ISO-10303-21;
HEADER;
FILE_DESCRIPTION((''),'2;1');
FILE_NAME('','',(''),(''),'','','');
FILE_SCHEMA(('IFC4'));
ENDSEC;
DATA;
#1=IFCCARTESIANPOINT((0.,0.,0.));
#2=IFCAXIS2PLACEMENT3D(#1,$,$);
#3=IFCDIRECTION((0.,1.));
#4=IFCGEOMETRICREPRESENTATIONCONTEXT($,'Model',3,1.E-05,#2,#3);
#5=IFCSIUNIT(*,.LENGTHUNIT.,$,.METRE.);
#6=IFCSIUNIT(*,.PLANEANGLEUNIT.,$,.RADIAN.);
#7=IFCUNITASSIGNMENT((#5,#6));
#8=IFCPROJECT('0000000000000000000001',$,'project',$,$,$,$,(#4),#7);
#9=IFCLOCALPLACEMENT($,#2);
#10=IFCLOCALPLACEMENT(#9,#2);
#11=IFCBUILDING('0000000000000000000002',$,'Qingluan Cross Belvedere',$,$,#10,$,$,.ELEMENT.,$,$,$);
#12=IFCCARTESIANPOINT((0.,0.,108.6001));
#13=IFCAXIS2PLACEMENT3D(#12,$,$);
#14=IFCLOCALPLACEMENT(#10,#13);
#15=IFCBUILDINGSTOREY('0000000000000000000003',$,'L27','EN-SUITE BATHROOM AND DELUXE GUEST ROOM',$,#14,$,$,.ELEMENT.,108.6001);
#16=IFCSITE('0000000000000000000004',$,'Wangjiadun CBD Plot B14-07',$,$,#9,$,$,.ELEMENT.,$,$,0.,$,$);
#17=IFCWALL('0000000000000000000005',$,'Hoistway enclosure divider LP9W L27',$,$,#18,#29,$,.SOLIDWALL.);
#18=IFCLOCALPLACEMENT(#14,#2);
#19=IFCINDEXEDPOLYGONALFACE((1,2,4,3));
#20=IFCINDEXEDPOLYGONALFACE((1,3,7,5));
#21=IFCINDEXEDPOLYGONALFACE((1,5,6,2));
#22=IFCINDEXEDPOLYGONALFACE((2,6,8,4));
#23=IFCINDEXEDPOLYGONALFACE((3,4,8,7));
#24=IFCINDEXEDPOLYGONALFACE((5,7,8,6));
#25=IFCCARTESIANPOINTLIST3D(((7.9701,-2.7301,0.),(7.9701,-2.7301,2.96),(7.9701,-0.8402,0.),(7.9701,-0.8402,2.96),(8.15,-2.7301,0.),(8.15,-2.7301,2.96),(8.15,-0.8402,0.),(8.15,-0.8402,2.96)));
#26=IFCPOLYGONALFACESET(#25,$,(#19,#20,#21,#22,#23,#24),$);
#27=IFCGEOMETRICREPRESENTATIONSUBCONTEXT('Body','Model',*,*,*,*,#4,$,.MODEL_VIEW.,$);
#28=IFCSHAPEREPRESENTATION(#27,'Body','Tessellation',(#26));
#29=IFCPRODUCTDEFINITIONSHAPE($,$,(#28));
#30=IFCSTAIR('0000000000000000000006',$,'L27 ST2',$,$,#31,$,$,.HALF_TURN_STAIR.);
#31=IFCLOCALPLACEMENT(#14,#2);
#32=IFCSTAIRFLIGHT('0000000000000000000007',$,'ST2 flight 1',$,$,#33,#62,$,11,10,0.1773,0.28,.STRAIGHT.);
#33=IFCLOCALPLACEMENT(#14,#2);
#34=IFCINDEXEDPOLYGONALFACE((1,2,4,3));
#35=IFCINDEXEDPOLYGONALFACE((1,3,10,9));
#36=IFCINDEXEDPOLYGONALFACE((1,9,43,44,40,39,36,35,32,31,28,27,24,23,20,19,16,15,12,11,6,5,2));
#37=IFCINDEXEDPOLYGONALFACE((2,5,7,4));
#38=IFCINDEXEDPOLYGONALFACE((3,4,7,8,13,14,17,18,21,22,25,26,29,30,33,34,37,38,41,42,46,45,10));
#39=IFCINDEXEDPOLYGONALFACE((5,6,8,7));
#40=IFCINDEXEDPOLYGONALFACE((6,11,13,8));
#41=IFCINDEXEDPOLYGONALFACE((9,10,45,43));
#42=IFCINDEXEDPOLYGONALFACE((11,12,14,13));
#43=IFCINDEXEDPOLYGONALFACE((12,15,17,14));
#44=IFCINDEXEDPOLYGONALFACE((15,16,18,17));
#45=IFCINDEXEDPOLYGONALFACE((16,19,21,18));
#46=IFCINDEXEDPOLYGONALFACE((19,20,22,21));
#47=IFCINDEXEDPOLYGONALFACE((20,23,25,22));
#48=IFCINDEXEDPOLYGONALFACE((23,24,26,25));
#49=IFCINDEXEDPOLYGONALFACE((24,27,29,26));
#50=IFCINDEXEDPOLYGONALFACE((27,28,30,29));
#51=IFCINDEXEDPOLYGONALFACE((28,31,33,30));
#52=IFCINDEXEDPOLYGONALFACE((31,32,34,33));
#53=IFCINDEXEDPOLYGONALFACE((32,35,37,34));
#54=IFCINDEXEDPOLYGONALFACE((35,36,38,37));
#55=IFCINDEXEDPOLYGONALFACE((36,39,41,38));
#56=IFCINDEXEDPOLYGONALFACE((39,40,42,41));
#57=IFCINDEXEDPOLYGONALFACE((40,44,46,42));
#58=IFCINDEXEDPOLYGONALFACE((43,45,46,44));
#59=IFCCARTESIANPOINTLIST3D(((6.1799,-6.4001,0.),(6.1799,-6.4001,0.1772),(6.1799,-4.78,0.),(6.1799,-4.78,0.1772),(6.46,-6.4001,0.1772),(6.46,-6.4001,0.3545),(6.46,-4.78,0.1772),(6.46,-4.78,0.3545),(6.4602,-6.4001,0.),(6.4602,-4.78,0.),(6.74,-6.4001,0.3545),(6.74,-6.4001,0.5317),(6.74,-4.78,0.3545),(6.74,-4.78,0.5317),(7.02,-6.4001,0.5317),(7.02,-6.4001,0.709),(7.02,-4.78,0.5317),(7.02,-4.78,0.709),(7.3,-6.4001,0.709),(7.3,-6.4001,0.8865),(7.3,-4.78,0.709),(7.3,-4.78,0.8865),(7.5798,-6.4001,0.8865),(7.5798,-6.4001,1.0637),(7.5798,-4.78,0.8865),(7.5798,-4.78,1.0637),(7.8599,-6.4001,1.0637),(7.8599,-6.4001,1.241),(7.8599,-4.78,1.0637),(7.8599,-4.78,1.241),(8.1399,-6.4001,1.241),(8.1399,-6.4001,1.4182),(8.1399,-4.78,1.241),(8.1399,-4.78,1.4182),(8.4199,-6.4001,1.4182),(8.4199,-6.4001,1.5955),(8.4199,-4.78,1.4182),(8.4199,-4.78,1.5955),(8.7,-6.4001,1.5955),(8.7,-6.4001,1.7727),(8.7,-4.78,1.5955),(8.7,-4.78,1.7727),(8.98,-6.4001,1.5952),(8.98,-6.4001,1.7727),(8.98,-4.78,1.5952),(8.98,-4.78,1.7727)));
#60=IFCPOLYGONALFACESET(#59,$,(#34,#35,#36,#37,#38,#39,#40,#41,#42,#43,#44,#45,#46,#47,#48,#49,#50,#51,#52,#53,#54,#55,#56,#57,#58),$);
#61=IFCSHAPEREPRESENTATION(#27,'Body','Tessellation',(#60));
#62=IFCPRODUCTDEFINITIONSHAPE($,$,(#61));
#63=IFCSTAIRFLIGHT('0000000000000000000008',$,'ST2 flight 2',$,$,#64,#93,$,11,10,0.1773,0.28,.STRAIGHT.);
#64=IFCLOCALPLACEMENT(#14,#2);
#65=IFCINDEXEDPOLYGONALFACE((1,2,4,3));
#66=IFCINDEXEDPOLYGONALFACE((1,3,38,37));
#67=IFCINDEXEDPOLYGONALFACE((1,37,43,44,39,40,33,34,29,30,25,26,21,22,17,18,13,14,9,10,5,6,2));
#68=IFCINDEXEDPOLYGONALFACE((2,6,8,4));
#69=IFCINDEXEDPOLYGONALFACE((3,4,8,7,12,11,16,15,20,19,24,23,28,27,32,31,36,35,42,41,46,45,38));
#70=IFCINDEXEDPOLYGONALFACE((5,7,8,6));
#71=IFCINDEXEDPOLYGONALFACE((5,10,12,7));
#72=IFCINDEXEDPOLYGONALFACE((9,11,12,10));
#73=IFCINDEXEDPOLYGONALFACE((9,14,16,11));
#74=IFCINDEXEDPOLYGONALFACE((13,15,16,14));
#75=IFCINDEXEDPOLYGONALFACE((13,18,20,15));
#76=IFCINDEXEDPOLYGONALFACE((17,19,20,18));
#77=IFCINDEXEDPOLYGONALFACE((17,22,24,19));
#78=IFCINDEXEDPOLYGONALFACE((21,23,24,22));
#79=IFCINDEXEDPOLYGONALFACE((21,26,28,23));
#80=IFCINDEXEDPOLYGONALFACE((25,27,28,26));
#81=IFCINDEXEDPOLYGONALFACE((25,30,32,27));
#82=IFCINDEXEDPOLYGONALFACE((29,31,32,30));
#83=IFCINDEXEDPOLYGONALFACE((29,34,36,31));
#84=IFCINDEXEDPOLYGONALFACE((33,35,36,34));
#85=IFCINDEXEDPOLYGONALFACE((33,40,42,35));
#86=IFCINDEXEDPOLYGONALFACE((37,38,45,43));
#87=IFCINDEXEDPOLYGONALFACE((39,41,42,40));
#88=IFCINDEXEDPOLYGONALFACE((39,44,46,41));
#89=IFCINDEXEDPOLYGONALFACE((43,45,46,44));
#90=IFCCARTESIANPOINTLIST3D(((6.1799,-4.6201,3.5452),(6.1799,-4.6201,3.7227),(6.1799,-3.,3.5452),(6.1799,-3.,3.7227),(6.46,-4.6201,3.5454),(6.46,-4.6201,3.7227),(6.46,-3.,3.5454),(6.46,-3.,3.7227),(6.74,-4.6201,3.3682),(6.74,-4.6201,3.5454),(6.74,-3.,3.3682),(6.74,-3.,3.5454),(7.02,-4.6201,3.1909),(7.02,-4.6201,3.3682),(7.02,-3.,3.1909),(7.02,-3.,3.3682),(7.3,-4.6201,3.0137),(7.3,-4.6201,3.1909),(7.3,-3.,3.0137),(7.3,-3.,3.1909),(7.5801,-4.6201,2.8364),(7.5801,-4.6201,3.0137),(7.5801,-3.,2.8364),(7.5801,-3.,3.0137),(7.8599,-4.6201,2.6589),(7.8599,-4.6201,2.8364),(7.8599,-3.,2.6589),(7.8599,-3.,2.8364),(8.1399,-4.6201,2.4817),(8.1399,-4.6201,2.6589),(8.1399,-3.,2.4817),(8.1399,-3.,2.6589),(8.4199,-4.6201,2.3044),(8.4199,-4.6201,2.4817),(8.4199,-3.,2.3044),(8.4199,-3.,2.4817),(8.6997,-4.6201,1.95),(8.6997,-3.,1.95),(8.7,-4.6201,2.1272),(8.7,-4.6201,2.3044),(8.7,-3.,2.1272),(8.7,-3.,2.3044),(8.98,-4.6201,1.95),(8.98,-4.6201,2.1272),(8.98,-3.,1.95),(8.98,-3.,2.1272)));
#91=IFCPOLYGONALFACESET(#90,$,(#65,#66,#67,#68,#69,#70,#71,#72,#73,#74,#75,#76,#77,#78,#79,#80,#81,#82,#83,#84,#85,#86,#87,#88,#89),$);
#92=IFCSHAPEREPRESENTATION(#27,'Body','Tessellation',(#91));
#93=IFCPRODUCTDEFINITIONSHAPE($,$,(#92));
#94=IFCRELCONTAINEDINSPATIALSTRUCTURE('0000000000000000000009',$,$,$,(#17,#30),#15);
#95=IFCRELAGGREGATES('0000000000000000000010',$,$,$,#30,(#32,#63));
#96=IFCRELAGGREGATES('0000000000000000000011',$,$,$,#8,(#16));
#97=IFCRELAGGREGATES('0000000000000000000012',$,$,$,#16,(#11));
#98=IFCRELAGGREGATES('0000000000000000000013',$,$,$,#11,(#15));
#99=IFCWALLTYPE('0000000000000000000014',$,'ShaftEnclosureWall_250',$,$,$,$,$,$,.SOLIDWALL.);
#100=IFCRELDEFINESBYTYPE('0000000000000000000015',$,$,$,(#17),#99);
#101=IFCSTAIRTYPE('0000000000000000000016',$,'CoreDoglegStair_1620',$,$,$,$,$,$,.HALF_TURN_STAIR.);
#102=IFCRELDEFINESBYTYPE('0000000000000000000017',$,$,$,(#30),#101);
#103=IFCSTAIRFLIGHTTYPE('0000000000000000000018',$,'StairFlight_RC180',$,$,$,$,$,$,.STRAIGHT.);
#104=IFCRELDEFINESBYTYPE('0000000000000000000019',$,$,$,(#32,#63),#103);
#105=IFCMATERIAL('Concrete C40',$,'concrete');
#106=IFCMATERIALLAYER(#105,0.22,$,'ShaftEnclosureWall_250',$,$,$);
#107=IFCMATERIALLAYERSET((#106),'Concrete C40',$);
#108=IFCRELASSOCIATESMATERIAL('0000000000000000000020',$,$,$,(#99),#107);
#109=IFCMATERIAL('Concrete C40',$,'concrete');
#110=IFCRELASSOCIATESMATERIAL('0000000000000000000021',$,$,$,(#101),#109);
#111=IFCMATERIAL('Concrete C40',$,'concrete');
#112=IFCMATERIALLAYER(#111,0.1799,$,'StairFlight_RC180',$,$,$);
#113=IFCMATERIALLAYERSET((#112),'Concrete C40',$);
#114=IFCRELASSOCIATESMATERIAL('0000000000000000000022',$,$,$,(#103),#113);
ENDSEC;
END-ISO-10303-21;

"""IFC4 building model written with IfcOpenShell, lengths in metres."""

from ifc_helpers import new_model, si_unit, direction, frame, frame_2d, origin, place, context, subcontext, project, spatial, polyline, rectangle, outline, extrude, material, layer, layer_set, type_object, element, aggregate, save


model = new_model("IFC4")

# Units and contexts
model_context = context("Model", 3, precision=1e-05, world=origin(), true_north=direction((0.0, 1.0)))
body_context = subcontext(model_context, "Body", "Model", "MODEL_VIEW")
ifc_project = project(units=[si_unit("LENGTHUNIT", "METRE"), si_unit("PLANEANGLEUNIT", "RADIAN")], contexts=[model_context])

# Site, building, storey
site_placement = place(None, origin())
site = spatial("IfcSite", under=ifc_project, at=site_placement, Name="Wangjiadun CBD Plot B14-07", CompositionType="ELEMENT", RefElevation=0.0)
building_placement = place(site_placement, origin())
building = spatial("IfcBuilding", under=site, at=building_placement, Name="Qingluan Cross Belvedere", CompositionType="ELEMENT")
storey_placement = place(building_placement, frame((0.0, 0.0, 108.6001)))
storey = spatial("IfcBuildingStorey", under=building, at=storey_placement, Name="L27", Description="EN-SUITE BATHROOM AND DELUXE GUEST ROOM", CompositionType="ELEMENT", Elevation=108.6001)

# Shared definitions
ifc_material_1 = material(Name="Concrete C40", Category="concrete")
ifc_layer_1 = layer(ifc_material_1, 0.22, Name="ShaftEnclosureWall_250")
ifc_layer_set_1 = layer_set([ifc_layer_1], Name="Concrete C40")
wall_type_1 = type_object("IfcWallType", Name="ShaftEnclosureWall_250", PredefinedType="SOLIDWALL", material=ifc_layer_set_1)

# Wall
for number, where, z_axis, x_axis, name in (
    (1, (8.0601, -2.73, 0.0), (0.0, 0.0, 1.0), (0.0, 1.0, 0.0), "Hoistway enclosure divider LP9W L27"),
):
    element("IfcWall", number, at=place(storey_placement, frame(where, z_axis=z_axis, x_axis=x_axis)), inside=storey, type_object=wall_type_1, Name=name, PredefinedType="SOLIDWALL", context=body_context, shape_type="SweptSolid", body=[
        extrude(rectangle(XDim=1.8899, YDim=0.1799, at=frame_2d((0.9448, 0.0))), origin(), (0.0, 0.0, 1.0), 2.96),
    ])

# Stair, stair flights
ifc_material_2 = material(Name="Concrete C40", Category="concrete")
stair_type = type_object("IfcStairType", Name="CoreDoglegStair_1620", PredefinedType="HALF_TURN_STAIR", material=ifc_material_2)
stair_placement = place(storey_placement, origin())
stair = element("IfcStair", 2, at=stair_placement, inside=storey, type_object=stair_type, Name="L27 ST2", PredefinedType="HALF_TURN_STAIR")
ifc_material_3 = material(Name="Concrete C40", Category="concrete")
ifc_layer_2 = layer(ifc_material_3, 0.1799, Name="StairFlight_RC180")
ifc_layer_set_2 = layer_set([ifc_layer_2], Name="Concrete C40")
stair_flight_type = type_object("IfcStairFlightType", Name="StairFlight_RC180", PredefinedType="STRAIGHT", material=ifc_layer_set_2)
stair_flight_1_placement = place(storey_placement, frame((6.1799, -5.5901, 0.0), z_axis=(0.0, 0.0, 1.0), x_axis=(1.0, 0.0, 0.0)))
stair_flight_1 = element("IfcStairFlight", 3, at=stair_flight_1_placement, type_object=stair_flight_type, Name="ST2 flight 1", NumberOfRisers=11, NumberOfTreads=10, PredefinedType="STRAIGHT", RiserHeight=0.1773, TreadLength=0.28, context=body_context, shape_type="SweptSolid", body=[
    extrude(outline(polyline([(0.0, 0.0), (0.0, 0.1772), (0.28, 0.1772), (0.28, 0.3545), (0.5601, 0.3545), (0.5601, 0.5317), (0.8401, 0.5317), (0.8401, 0.709), (1.1201, 0.709), (1.1201, 0.8865), (1.3999, 0.8865), (1.3999, 1.0637), (1.6799, 1.0637), (1.6799, 1.241), (1.96, 1.241), (1.96, 1.4182), (2.24, 1.4182), (2.24, 1.5955), (2.52, 1.5955), (2.52, 1.7727), (2.8, 1.7727), (2.8, 1.95), (2.8, 1.5952), (0.2803, 0.0), (0.0, 0.0)])), frame((0.0, 0.8101, 0.0), z_axis=(0.0, -1.0, 0.0), x_axis=(1.0, 0.0, 0.0)), (0.0, 0.0, 1.0), 1.6201),
])
stair_flight_2_placement = place(storey_placement, frame((8.98, -3.8101, 1.95), z_axis=(0.0, 0.0, 1.0), x_axis=(-1.0, 0.0, 0.0)))
stair_flight_2 = element("IfcStairFlight", 4, at=stair_flight_2_placement, type_object=stair_flight_type, Name="ST2 flight 2", NumberOfRisers=11, NumberOfTreads=10, PredefinedType="STRAIGHT", RiserHeight=0.1773, TreadLength=0.28, context=body_context, shape_type="SweptSolid", body=[
    extrude(outline(polyline([(0.0, 0.0), (0.0, 0.1772), (0.28, 0.1772), (0.28, 0.3545), (0.5601, 0.3545), (0.5601, 0.5317), (0.8401, 0.5317), (0.8401, 0.709), (1.1201, 0.709), (1.1201, 0.8865), (1.3999, 0.8865), (1.3999, 1.0637), (1.6799, 1.0637), (1.6799, 1.241), (1.96, 1.241), (1.96, 1.4182), (2.24, 1.4182), (2.24, 1.5955), (2.52, 1.5955), (2.52, 1.7727), (2.8, 1.7727), (2.8, 1.95), (2.8, 1.5952), (0.2803, 0.0), (0.0, 0.0)])), frame((0.0, 0.8101, 0.0), z_axis=(0.0, -1.0, 0.0), x_axis=(1.0, 0.0, 0.0)), (0.0, 0.0, 1.0), 1.6201),
])
aggregate(stair, [stair_flight_1, stair_flight_2])

save(model, "model.ifc")
